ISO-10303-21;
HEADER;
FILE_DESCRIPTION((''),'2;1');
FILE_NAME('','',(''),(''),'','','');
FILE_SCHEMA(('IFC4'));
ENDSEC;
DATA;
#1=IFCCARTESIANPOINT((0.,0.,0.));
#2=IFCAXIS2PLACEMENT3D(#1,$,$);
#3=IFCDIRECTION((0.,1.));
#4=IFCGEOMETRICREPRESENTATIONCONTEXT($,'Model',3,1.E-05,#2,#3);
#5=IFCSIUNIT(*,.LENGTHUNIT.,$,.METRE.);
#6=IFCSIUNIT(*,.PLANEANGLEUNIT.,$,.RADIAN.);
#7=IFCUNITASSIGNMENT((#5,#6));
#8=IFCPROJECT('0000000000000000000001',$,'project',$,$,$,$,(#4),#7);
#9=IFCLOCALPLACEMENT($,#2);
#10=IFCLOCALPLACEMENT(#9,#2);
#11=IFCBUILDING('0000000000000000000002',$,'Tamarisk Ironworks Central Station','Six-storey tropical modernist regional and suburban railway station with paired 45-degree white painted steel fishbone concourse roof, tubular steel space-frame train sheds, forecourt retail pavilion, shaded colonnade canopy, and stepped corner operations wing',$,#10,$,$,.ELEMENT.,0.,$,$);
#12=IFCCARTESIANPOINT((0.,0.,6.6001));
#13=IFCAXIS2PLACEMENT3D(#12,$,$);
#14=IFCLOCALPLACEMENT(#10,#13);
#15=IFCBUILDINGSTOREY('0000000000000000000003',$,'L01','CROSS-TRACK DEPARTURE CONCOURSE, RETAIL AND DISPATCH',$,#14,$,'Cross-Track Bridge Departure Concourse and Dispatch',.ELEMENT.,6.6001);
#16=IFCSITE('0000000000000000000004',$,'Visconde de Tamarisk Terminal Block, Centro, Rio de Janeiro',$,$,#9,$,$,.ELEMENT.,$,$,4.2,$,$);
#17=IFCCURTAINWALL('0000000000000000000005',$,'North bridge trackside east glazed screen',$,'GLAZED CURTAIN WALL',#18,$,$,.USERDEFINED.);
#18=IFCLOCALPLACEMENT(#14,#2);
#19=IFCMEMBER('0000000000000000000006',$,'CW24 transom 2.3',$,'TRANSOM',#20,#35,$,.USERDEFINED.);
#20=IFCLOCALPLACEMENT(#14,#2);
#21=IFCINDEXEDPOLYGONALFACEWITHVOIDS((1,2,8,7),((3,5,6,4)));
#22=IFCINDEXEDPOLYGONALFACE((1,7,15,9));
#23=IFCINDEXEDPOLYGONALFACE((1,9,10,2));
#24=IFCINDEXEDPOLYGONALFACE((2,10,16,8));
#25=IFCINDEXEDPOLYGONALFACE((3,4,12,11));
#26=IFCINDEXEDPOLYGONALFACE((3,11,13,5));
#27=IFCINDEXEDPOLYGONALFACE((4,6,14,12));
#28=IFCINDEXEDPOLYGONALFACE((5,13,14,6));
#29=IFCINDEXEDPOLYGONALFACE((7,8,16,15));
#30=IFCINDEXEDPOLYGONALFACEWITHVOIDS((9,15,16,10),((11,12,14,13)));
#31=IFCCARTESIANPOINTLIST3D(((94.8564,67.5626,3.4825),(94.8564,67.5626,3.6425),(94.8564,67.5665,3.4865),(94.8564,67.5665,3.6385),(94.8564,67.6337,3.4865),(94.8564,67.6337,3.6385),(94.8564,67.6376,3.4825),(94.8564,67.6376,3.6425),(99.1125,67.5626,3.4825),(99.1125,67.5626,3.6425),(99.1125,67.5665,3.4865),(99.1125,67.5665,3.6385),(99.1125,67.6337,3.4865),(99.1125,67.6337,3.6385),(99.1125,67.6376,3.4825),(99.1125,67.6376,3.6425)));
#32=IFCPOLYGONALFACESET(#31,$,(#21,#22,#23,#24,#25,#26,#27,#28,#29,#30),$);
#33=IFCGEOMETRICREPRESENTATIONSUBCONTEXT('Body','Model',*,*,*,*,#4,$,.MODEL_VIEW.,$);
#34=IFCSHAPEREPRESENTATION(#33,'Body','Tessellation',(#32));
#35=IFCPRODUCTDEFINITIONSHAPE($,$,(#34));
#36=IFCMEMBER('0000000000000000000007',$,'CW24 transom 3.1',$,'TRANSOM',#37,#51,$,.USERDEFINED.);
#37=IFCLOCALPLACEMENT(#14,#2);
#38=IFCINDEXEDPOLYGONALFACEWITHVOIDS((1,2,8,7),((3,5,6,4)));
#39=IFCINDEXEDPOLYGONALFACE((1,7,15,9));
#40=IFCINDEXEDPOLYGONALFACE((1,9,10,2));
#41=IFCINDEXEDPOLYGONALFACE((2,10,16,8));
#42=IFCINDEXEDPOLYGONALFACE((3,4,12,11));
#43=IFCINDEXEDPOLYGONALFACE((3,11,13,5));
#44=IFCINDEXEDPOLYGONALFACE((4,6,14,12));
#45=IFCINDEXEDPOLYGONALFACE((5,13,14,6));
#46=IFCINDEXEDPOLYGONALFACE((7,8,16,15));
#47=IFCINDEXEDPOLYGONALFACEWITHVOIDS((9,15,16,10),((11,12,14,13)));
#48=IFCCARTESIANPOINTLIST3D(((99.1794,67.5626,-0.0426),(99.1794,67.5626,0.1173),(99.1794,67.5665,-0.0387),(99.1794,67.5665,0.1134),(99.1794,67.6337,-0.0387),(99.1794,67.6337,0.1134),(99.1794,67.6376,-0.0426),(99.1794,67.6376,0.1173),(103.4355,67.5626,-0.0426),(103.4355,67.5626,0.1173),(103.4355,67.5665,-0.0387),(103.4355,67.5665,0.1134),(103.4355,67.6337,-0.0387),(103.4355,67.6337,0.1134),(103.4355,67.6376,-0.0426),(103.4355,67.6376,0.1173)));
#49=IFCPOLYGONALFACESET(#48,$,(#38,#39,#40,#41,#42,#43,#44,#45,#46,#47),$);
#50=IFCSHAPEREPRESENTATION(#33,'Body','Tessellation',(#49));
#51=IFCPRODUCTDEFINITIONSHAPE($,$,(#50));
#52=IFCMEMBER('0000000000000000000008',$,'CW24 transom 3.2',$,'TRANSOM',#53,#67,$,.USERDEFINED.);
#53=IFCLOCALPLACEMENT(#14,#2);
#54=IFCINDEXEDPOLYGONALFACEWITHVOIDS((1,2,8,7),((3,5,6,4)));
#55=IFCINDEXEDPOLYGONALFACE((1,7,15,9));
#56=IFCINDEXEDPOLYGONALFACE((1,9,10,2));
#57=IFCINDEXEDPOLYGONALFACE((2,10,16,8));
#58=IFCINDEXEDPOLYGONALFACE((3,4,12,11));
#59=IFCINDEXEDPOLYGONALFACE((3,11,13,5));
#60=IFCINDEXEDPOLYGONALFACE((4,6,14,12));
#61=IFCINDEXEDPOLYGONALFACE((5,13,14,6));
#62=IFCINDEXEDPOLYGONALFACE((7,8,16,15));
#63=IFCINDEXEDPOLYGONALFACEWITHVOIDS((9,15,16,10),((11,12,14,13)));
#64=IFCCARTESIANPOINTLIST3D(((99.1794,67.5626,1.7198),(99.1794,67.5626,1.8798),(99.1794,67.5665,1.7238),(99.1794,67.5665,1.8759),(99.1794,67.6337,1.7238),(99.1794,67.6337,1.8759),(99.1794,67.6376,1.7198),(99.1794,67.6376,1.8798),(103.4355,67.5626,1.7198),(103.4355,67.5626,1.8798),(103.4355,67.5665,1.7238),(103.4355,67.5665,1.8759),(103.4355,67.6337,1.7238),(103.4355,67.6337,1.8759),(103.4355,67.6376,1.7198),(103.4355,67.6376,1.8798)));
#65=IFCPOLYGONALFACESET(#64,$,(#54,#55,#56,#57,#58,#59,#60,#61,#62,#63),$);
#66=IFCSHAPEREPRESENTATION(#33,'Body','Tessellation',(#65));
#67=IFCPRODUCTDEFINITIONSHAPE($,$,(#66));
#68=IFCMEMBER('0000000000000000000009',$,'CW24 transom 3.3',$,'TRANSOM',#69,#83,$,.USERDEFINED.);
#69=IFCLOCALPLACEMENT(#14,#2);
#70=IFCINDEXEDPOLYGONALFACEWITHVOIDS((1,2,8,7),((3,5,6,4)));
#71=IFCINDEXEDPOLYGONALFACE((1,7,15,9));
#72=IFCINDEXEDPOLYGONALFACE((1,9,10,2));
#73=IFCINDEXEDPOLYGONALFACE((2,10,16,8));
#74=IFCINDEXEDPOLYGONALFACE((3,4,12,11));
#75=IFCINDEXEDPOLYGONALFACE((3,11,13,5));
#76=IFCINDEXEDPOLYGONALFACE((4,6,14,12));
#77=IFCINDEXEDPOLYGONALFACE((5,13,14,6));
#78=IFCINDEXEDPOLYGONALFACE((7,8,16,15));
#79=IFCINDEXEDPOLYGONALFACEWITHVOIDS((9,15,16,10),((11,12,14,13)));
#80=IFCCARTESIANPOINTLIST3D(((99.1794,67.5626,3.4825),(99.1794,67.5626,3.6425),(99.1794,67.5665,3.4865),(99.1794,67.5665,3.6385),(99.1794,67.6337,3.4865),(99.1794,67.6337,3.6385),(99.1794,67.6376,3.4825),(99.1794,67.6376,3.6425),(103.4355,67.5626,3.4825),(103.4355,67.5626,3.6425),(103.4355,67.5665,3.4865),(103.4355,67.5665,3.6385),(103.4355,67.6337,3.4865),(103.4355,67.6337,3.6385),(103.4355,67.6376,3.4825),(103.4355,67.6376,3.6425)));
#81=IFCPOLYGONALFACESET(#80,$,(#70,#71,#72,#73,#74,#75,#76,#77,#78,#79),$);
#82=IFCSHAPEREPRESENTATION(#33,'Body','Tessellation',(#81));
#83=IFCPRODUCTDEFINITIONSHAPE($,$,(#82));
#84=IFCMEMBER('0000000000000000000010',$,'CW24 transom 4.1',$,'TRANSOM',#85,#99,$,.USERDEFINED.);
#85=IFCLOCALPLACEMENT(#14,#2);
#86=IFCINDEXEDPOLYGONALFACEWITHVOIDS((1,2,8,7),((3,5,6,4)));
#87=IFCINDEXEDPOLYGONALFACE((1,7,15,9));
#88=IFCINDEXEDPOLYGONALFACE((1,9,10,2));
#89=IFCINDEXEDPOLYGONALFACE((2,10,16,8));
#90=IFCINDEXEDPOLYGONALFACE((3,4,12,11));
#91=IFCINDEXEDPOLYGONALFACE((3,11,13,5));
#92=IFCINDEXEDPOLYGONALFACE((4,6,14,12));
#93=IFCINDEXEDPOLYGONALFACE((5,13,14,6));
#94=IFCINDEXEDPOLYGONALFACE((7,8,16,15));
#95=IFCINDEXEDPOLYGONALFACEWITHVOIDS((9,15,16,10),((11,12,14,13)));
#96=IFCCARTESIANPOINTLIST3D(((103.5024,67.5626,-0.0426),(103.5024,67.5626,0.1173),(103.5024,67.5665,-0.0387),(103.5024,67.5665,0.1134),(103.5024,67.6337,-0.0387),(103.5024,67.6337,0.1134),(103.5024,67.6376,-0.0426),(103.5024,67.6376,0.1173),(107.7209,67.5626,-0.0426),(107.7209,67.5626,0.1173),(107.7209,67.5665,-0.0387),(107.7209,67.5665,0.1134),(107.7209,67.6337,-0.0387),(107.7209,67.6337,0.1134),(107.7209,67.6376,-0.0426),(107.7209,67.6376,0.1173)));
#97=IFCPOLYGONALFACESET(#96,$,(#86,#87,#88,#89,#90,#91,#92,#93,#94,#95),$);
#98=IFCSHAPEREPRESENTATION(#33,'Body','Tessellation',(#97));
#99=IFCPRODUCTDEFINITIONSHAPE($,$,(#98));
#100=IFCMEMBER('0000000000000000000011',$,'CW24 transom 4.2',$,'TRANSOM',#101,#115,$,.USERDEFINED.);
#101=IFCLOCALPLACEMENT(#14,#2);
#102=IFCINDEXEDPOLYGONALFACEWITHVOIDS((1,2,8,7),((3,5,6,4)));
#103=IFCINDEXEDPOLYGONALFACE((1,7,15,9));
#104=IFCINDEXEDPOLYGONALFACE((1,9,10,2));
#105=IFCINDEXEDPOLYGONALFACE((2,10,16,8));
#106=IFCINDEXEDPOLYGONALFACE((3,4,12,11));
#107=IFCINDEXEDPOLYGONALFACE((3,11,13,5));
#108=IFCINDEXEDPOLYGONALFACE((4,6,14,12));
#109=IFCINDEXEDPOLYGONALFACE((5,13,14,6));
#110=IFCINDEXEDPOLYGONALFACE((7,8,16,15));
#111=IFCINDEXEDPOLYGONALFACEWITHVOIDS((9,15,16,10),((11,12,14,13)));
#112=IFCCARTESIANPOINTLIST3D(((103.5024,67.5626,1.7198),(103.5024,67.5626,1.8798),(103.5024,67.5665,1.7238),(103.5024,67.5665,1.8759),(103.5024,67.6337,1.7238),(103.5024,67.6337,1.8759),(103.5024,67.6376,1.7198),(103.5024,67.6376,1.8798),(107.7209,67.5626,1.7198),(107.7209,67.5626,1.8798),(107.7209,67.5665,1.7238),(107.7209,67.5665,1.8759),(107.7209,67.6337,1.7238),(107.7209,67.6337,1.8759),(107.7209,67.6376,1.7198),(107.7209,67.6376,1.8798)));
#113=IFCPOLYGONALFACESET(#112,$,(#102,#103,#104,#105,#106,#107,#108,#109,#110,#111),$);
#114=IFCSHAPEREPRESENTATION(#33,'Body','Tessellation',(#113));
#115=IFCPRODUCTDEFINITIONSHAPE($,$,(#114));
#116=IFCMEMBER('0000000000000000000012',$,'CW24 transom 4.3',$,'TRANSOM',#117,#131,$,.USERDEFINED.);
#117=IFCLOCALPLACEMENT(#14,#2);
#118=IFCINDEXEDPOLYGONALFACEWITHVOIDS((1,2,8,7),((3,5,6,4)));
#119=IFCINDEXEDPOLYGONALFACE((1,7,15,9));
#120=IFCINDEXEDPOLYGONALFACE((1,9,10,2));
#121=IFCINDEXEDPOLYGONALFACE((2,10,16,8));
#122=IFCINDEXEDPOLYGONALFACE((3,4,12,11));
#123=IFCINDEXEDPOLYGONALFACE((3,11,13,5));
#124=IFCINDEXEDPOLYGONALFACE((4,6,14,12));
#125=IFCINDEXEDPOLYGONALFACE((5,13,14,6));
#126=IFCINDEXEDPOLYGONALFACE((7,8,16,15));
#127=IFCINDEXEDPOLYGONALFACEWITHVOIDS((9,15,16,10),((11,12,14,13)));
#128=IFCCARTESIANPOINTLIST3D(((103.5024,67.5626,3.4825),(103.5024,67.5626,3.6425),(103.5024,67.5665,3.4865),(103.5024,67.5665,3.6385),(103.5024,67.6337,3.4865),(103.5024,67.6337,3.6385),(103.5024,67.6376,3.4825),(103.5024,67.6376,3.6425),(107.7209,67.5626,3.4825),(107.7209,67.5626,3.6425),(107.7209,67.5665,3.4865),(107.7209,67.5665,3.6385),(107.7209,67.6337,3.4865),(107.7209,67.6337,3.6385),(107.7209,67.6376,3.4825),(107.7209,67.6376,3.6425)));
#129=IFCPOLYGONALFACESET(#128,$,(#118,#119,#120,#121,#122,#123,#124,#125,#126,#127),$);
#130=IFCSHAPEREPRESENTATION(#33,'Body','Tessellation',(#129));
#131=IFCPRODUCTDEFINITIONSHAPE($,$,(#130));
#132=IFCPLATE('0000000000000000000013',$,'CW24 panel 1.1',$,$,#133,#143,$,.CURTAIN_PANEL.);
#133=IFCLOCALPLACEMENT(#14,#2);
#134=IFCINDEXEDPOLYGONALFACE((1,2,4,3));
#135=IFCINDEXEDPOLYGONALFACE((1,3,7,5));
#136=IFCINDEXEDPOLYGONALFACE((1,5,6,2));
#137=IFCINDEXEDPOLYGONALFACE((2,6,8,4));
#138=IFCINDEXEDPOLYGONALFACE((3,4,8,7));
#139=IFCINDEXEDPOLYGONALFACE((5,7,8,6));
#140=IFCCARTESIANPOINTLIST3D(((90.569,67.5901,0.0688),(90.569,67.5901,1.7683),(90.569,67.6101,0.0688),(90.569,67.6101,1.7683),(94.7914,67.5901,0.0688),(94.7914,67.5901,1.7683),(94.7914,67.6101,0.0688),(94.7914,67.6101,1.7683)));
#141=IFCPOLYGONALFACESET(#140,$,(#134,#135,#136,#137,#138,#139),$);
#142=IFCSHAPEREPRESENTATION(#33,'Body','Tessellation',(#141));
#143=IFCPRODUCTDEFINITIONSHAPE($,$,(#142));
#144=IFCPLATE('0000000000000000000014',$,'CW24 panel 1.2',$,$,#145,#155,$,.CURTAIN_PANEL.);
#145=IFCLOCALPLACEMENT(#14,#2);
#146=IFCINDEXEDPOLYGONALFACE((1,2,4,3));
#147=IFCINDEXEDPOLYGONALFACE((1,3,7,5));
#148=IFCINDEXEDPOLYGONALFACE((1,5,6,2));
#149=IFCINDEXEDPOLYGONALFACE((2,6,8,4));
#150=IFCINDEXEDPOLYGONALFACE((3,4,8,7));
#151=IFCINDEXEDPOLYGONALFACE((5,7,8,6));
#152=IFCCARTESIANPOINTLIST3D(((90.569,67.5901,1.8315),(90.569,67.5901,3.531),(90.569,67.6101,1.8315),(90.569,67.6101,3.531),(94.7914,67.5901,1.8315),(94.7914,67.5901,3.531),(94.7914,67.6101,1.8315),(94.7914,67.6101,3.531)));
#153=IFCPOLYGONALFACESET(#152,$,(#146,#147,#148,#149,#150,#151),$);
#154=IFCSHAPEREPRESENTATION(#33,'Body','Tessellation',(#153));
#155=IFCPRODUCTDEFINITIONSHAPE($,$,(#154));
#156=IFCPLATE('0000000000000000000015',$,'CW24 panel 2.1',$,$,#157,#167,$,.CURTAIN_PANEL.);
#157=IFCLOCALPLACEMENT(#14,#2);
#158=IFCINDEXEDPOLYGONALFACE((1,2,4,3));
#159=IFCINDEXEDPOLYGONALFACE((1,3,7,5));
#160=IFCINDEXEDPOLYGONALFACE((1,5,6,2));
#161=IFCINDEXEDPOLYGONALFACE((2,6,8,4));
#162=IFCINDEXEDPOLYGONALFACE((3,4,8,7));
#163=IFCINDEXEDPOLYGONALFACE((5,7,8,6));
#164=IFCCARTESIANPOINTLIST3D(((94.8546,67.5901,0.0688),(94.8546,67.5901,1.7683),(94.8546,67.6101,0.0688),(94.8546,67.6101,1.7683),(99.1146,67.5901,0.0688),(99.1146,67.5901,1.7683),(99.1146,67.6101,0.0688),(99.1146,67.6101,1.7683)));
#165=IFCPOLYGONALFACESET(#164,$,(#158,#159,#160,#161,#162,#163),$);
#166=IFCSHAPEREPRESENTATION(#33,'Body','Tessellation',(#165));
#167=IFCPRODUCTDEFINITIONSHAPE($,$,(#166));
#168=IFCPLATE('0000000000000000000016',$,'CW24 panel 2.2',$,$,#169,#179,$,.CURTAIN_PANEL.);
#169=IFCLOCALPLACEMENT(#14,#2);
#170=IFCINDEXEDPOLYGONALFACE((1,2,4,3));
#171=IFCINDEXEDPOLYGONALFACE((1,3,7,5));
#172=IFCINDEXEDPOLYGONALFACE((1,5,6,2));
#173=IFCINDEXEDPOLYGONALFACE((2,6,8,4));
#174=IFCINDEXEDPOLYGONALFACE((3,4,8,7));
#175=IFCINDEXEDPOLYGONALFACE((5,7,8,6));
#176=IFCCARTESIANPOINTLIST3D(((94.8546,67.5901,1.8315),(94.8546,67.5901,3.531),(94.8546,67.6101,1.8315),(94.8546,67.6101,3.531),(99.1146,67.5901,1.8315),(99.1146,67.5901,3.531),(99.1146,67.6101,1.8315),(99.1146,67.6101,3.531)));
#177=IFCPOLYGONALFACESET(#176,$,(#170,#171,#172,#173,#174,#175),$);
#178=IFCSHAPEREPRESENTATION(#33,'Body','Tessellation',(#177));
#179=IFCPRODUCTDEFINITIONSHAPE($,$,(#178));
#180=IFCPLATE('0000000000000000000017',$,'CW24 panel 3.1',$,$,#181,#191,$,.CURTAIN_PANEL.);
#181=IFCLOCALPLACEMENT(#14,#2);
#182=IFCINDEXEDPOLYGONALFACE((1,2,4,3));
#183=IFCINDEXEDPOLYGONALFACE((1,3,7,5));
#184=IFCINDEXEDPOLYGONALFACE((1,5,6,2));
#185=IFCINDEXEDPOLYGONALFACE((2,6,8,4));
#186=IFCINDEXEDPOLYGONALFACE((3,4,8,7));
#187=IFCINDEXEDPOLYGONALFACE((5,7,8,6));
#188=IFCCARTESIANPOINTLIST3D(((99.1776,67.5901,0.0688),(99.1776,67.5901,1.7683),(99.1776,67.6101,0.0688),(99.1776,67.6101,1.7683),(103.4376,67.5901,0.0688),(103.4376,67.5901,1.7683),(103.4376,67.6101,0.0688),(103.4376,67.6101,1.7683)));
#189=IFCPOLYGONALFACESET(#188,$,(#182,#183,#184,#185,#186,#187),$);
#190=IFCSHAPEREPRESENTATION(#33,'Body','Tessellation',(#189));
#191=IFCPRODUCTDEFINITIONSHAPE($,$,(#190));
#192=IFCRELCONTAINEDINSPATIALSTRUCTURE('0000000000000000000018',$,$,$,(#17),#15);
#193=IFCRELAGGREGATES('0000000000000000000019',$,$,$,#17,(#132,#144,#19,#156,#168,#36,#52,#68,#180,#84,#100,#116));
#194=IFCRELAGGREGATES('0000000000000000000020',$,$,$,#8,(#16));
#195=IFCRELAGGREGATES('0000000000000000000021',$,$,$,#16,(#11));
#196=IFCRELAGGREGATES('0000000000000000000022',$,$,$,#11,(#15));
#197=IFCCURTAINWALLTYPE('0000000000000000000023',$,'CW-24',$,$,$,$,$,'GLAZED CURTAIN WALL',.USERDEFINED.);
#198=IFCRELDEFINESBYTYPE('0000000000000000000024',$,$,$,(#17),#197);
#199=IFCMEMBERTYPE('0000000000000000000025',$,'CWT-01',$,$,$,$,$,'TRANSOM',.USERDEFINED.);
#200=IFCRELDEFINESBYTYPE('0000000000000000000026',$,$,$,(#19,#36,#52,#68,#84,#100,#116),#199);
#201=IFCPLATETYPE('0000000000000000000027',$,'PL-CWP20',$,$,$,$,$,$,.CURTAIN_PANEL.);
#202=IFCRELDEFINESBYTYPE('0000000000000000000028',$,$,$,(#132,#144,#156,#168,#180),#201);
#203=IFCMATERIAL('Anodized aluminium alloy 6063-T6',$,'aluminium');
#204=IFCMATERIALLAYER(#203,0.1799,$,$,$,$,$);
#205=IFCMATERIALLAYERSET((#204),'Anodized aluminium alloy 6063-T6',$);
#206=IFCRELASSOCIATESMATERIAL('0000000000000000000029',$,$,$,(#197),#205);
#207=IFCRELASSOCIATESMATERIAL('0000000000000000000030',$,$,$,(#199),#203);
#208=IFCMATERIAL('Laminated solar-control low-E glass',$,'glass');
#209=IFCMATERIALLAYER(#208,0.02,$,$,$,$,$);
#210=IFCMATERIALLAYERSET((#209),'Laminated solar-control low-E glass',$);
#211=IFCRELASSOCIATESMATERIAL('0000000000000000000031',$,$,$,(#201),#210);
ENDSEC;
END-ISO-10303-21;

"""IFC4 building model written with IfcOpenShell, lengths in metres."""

from ifc_helpers import new_model, si_unit, direction, frame, origin, origin_2d, place, context, subcontext, project, spatial, rectangle, hollow_rectangle, extrude, material, layer, layer_set, material_profile, profile_set, type_object, element, aggregate, save


model = new_model("IFC4")

# Units and contexts
model_context = context("Model", 3, precision=1e-05, world=origin(), true_north=direction((0.0, 1.0)))
body_context = subcontext(model_context, "Body", "Model", "MODEL_VIEW")
ifc_project = project(units=[si_unit("LENGTHUNIT", "METRE"), si_unit("PLANEANGLEUNIT", "RADIAN")], contexts=[model_context])

# Site, building, storey
site_placement = place(None, origin())
site = spatial("IfcSite", under=ifc_project, at=site_placement, Name="Visconde de Tamarisk Terminal Block, Centro, Rio de Janeiro", CompositionType="ELEMENT", RefElevation=4.2)
building_placement = place(site_placement, origin())
building = spatial("IfcBuilding", under=site, at=building_placement, Name="Tamarisk Ironworks Central Station", Description="Six-storey tropical modernist regional and suburban railway station with paired 45-degree white painted steel fishbone concourse roof, tubular steel space-frame train sheds, forecourt retail pavilion, shaded colonnade canopy, and stepped corner operations wing", CompositionType="ELEMENT", ElevationOfRefHeight=0.0)
storey_placement = place(building_placement, frame((0.0, 0.0, 6.6001)))
storey = spatial("IfcBuildingStorey", under=building, at=storey_placement, Name="L01", Description="CROSS-TRACK DEPARTURE CONCOURSE, RETAIL AND DISPATCH", LongName="Cross-Track Bridge Departure Concourse and Dispatch", CompositionType="ELEMENT", Elevation=6.6001)

# Curtain wall, members, plates
ifc_material_1 = material(Name="Anodized aluminium alloy 6063-T6", Category="aluminium")
ifc_layer_1 = layer(ifc_material_1, 0.1799)
ifc_layer_set_1 = layer_set([ifc_layer_1], Name="Anodized aluminium alloy 6063-T6")
curtain_wall_type = type_object("IfcCurtainWallType", Name="CW-24", ElementType="GLAZED CURTAIN WALL", PredefinedType="USERDEFINED", material=ifc_layer_set_1)
curtain_wall_placement = place(storey_placement, origin())
curtain_wall = element("IfcCurtainWall", 1, at=curtain_wall_placement, inside=storey, type_object=curtain_wall_type, Name="North bridge trackside east glazed screen", ObjectType="GLAZED CURTAIN WALL", PredefinedType="USERDEFINED")
ifc_material_profile_1 = material_profile(ifc_material_1, hollow_rectangle(XDim=0.075, YDim=0.1599, WallThickness=0.0039, at=origin_2d()), Name="ALUM 160x75")
ifc_profile_set_1 = profile_set([ifc_material_profile_1], Name="Anodized aluminium alloy 6063-T6")
member_type_1 = type_object("IfcMemberType", Name="CWT-01", ElementType="TRANSOM", PredefinedType="USERDEFINED", material=ifc_profile_set_1)
member_1_placement = place(storey_placement, frame((94.8564, 67.6001, 3.5625), z_axis=(1.0, 0.0, 0.0), x_axis=(0.0, 1.0, 0.0)))
member_1 = element("IfcMember", 2, at=member_1_placement, type_object=member_type_1, Name="CW24 transom 2.3", ObjectType="TRANSOM", PredefinedType="USERDEFINED", context=body_context, shape_type="SweptSolid", body=[
    extrude(hollow_rectangle(XDim=0.075, YDim=0.1599, WallThickness=0.0039, at=origin_2d()), origin(), (0.0, 0.0, 1.0), 4.2561),
])
member_2_placement = place(storey_placement, frame((99.1794, 67.6001, 0.0374), z_axis=(1.0, 0.0, 0.0), x_axis=(0.0, 1.0, 0.0)))
member_2 = element("IfcMember", 3, at=member_2_placement, type_object=member_type_1, Name="CW24 transom 3.1", ObjectType="TRANSOM", PredefinedType="USERDEFINED", context=body_context, shape_type="SweptSolid", body=[
    extrude(hollow_rectangle(XDim=0.075, YDim=0.1599, WallThickness=0.0039, at=origin_2d()), origin(), (0.0, 0.0, 1.0), 4.2561),
])
member_3_placement = place(storey_placement, frame((99.1794, 67.6001, 1.7998), z_axis=(1.0, 0.0, 0.0), x_axis=(0.0, 1.0, 0.0)))
member_3 = element("IfcMember", 4, at=member_3_placement, type_object=member_type_1, Name="CW24 transom 3.2", ObjectType="TRANSOM", PredefinedType="USERDEFINED", context=body_context, shape_type="SweptSolid", body=[
    extrude(hollow_rectangle(XDim=0.075, YDim=0.1599, WallThickness=0.0039, at=origin_2d()), origin(), (0.0, 0.0, 1.0), 4.2561),
])
member_4_placement = place(storey_placement, frame((99.1794, 67.6001, 3.5625), z_axis=(1.0, 0.0, 0.0), x_axis=(0.0, 1.0, 0.0)))
member_4 = element("IfcMember", 5, at=member_4_placement, type_object=member_type_1, Name="CW24 transom 3.3", ObjectType="TRANSOM", PredefinedType="USERDEFINED", context=body_context, shape_type="SweptSolid", body=[
    extrude(hollow_rectangle(XDim=0.075, YDim=0.1599, WallThickness=0.0039, at=origin_2d()), origin(), (0.0, 0.0, 1.0), 4.2561),
])
member_5_placement = place(storey_placement, frame((103.5024, 67.6001, 0.0374), z_axis=(1.0, 0.0, 0.0), x_axis=(0.0, 1.0, 0.0)))
member_5 = element("IfcMember", 6, at=member_5_placement, type_object=member_type_1, Name="CW24 transom 4.1", ObjectType="TRANSOM", PredefinedType="USERDEFINED", context=body_context, shape_type="SweptSolid", body=[
    extrude(hollow_rectangle(XDim=0.075, YDim=0.1599, WallThickness=0.0039, at=origin_2d()), origin(), (0.0, 0.0, 1.0), 4.2185),
])
member_6_placement = place(storey_placement, frame((103.5024, 67.6001, 1.7998), z_axis=(1.0, 0.0, 0.0), x_axis=(0.0, 1.0, 0.0)))
member_6 = element("IfcMember", 7, at=member_6_placement, type_object=member_type_1, Name="CW24 transom 4.2", ObjectType="TRANSOM", PredefinedType="USERDEFINED", context=body_context, shape_type="SweptSolid", body=[
    extrude(hollow_rectangle(XDim=0.075, YDim=0.1599, WallThickness=0.0039, at=origin_2d()), origin(), (0.0, 0.0, 1.0), 4.2185),
])
member_7_placement = place(storey_placement, frame((103.5024, 67.6001, 3.5625), z_axis=(1.0, 0.0, 0.0), x_axis=(0.0, 1.0, 0.0)))
member_7 = element("IfcMember", 8, at=member_7_placement, type_object=member_type_1, Name="CW24 transom 4.3", ObjectType="TRANSOM", PredefinedType="USERDEFINED", context=body_context, shape_type="SweptSolid", body=[
    extrude(hollow_rectangle(XDim=0.075, YDim=0.1599, WallThickness=0.0039, at=origin_2d()), origin(), (0.0, 0.0, 1.0), 4.2185),
])
ifc_material_2 = material(Name="Laminated solar-control low-E glass", Category="glass")
ifc_layer_2 = layer(ifc_material_2, 0.02)
ifc_layer_set_2 = layer_set([ifc_layer_2], Name="Laminated solar-control low-E glass")
plate_type = type_object("IfcPlateType", Name="PL-CWP20", PredefinedType="CURTAIN_PANEL", material=ifc_layer_set_2)
plate_1_placement = place(storey_placement, frame((92.6802, 67.6001, 0.0688), z_axis=(0.0, 0.0, 1.0), x_axis=(1.0, 0.0, 0.0)))
plate_1 = element("IfcPlate", 9, at=plate_1_placement, type_object=plate_type, Name="CW24 panel 1.1", PredefinedType="CURTAIN_PANEL", context=body_context, shape_type="SweptSolid", body=[
    extrude(rectangle(XDim=4.2224, YDim=0.02, at=origin_2d()), origin(), (0.0, 0.0, 1.0), 1.6995),
])
plate_2_placement = place(storey_placement, frame((92.6802, 67.6001, 1.8315), z_axis=(0.0, 0.0, 1.0), x_axis=(1.0, 0.0, 0.0)))
plate_2 = element("IfcPlate", 10, at=plate_2_placement, type_object=plate_type, Name="CW24 panel 1.2", PredefinedType="CURTAIN_PANEL", context=body_context, shape_type="SweptSolid", body=[
    extrude(rectangle(XDim=4.2224, YDim=0.02, at=origin_2d()), origin(), (0.0, 0.0, 1.0), 1.6995),
])
plate_3_placement = place(storey_placement, frame((96.9846, 67.6001, 0.0688), z_axis=(0.0, 0.0, 1.0), x_axis=(1.0, 0.0, 0.0)))
plate_3 = element("IfcPlate", 11, at=plate_3_placement, type_object=plate_type, Name="CW24 panel 2.1", PredefinedType="CURTAIN_PANEL", context=body_context, shape_type="SweptSolid", body=[
    extrude(rectangle(XDim=4.26, YDim=0.02, at=origin_2d()), origin(), (0.0, 0.0, 1.0), 1.6995),
])
plate_4_placement = place(storey_placement, frame((96.9846, 67.6001, 1.8315), z_axis=(0.0, 0.0, 1.0), x_axis=(1.0, 0.0, 0.0)))
plate_4 = element("IfcPlate", 12, at=plate_4_placement, type_object=plate_type, Name="CW24 panel 2.2", PredefinedType="CURTAIN_PANEL", context=body_context, shape_type="SweptSolid", body=[
    extrude(rectangle(XDim=4.26, YDim=0.02, at=origin_2d()), origin(), (0.0, 0.0, 1.0), 1.6995),
])
plate_5_placement = place(storey_placement, frame((101.3076, 67.6001, 0.0688), z_axis=(0.0, 0.0, 1.0), x_axis=(1.0, 0.0, 0.0)))
plate_5 = element("IfcPlate", 13, at=plate_5_placement, type_object=plate_type, Name="CW24 panel 3.1", PredefinedType="CURTAIN_PANEL", context=body_context, shape_type="SweptSolid", body=[
    extrude(rectangle(XDim=4.26, YDim=0.02, at=origin_2d()), origin(), (0.0, 0.0, 1.0), 1.6995),
])
aggregate(curtain_wall, [plate_1, plate_2, member_1, plate_3, plate_4, member_2, member_3, member_4, plate_5, member_5, member_6, member_7])

save(model, "model.ifc")
